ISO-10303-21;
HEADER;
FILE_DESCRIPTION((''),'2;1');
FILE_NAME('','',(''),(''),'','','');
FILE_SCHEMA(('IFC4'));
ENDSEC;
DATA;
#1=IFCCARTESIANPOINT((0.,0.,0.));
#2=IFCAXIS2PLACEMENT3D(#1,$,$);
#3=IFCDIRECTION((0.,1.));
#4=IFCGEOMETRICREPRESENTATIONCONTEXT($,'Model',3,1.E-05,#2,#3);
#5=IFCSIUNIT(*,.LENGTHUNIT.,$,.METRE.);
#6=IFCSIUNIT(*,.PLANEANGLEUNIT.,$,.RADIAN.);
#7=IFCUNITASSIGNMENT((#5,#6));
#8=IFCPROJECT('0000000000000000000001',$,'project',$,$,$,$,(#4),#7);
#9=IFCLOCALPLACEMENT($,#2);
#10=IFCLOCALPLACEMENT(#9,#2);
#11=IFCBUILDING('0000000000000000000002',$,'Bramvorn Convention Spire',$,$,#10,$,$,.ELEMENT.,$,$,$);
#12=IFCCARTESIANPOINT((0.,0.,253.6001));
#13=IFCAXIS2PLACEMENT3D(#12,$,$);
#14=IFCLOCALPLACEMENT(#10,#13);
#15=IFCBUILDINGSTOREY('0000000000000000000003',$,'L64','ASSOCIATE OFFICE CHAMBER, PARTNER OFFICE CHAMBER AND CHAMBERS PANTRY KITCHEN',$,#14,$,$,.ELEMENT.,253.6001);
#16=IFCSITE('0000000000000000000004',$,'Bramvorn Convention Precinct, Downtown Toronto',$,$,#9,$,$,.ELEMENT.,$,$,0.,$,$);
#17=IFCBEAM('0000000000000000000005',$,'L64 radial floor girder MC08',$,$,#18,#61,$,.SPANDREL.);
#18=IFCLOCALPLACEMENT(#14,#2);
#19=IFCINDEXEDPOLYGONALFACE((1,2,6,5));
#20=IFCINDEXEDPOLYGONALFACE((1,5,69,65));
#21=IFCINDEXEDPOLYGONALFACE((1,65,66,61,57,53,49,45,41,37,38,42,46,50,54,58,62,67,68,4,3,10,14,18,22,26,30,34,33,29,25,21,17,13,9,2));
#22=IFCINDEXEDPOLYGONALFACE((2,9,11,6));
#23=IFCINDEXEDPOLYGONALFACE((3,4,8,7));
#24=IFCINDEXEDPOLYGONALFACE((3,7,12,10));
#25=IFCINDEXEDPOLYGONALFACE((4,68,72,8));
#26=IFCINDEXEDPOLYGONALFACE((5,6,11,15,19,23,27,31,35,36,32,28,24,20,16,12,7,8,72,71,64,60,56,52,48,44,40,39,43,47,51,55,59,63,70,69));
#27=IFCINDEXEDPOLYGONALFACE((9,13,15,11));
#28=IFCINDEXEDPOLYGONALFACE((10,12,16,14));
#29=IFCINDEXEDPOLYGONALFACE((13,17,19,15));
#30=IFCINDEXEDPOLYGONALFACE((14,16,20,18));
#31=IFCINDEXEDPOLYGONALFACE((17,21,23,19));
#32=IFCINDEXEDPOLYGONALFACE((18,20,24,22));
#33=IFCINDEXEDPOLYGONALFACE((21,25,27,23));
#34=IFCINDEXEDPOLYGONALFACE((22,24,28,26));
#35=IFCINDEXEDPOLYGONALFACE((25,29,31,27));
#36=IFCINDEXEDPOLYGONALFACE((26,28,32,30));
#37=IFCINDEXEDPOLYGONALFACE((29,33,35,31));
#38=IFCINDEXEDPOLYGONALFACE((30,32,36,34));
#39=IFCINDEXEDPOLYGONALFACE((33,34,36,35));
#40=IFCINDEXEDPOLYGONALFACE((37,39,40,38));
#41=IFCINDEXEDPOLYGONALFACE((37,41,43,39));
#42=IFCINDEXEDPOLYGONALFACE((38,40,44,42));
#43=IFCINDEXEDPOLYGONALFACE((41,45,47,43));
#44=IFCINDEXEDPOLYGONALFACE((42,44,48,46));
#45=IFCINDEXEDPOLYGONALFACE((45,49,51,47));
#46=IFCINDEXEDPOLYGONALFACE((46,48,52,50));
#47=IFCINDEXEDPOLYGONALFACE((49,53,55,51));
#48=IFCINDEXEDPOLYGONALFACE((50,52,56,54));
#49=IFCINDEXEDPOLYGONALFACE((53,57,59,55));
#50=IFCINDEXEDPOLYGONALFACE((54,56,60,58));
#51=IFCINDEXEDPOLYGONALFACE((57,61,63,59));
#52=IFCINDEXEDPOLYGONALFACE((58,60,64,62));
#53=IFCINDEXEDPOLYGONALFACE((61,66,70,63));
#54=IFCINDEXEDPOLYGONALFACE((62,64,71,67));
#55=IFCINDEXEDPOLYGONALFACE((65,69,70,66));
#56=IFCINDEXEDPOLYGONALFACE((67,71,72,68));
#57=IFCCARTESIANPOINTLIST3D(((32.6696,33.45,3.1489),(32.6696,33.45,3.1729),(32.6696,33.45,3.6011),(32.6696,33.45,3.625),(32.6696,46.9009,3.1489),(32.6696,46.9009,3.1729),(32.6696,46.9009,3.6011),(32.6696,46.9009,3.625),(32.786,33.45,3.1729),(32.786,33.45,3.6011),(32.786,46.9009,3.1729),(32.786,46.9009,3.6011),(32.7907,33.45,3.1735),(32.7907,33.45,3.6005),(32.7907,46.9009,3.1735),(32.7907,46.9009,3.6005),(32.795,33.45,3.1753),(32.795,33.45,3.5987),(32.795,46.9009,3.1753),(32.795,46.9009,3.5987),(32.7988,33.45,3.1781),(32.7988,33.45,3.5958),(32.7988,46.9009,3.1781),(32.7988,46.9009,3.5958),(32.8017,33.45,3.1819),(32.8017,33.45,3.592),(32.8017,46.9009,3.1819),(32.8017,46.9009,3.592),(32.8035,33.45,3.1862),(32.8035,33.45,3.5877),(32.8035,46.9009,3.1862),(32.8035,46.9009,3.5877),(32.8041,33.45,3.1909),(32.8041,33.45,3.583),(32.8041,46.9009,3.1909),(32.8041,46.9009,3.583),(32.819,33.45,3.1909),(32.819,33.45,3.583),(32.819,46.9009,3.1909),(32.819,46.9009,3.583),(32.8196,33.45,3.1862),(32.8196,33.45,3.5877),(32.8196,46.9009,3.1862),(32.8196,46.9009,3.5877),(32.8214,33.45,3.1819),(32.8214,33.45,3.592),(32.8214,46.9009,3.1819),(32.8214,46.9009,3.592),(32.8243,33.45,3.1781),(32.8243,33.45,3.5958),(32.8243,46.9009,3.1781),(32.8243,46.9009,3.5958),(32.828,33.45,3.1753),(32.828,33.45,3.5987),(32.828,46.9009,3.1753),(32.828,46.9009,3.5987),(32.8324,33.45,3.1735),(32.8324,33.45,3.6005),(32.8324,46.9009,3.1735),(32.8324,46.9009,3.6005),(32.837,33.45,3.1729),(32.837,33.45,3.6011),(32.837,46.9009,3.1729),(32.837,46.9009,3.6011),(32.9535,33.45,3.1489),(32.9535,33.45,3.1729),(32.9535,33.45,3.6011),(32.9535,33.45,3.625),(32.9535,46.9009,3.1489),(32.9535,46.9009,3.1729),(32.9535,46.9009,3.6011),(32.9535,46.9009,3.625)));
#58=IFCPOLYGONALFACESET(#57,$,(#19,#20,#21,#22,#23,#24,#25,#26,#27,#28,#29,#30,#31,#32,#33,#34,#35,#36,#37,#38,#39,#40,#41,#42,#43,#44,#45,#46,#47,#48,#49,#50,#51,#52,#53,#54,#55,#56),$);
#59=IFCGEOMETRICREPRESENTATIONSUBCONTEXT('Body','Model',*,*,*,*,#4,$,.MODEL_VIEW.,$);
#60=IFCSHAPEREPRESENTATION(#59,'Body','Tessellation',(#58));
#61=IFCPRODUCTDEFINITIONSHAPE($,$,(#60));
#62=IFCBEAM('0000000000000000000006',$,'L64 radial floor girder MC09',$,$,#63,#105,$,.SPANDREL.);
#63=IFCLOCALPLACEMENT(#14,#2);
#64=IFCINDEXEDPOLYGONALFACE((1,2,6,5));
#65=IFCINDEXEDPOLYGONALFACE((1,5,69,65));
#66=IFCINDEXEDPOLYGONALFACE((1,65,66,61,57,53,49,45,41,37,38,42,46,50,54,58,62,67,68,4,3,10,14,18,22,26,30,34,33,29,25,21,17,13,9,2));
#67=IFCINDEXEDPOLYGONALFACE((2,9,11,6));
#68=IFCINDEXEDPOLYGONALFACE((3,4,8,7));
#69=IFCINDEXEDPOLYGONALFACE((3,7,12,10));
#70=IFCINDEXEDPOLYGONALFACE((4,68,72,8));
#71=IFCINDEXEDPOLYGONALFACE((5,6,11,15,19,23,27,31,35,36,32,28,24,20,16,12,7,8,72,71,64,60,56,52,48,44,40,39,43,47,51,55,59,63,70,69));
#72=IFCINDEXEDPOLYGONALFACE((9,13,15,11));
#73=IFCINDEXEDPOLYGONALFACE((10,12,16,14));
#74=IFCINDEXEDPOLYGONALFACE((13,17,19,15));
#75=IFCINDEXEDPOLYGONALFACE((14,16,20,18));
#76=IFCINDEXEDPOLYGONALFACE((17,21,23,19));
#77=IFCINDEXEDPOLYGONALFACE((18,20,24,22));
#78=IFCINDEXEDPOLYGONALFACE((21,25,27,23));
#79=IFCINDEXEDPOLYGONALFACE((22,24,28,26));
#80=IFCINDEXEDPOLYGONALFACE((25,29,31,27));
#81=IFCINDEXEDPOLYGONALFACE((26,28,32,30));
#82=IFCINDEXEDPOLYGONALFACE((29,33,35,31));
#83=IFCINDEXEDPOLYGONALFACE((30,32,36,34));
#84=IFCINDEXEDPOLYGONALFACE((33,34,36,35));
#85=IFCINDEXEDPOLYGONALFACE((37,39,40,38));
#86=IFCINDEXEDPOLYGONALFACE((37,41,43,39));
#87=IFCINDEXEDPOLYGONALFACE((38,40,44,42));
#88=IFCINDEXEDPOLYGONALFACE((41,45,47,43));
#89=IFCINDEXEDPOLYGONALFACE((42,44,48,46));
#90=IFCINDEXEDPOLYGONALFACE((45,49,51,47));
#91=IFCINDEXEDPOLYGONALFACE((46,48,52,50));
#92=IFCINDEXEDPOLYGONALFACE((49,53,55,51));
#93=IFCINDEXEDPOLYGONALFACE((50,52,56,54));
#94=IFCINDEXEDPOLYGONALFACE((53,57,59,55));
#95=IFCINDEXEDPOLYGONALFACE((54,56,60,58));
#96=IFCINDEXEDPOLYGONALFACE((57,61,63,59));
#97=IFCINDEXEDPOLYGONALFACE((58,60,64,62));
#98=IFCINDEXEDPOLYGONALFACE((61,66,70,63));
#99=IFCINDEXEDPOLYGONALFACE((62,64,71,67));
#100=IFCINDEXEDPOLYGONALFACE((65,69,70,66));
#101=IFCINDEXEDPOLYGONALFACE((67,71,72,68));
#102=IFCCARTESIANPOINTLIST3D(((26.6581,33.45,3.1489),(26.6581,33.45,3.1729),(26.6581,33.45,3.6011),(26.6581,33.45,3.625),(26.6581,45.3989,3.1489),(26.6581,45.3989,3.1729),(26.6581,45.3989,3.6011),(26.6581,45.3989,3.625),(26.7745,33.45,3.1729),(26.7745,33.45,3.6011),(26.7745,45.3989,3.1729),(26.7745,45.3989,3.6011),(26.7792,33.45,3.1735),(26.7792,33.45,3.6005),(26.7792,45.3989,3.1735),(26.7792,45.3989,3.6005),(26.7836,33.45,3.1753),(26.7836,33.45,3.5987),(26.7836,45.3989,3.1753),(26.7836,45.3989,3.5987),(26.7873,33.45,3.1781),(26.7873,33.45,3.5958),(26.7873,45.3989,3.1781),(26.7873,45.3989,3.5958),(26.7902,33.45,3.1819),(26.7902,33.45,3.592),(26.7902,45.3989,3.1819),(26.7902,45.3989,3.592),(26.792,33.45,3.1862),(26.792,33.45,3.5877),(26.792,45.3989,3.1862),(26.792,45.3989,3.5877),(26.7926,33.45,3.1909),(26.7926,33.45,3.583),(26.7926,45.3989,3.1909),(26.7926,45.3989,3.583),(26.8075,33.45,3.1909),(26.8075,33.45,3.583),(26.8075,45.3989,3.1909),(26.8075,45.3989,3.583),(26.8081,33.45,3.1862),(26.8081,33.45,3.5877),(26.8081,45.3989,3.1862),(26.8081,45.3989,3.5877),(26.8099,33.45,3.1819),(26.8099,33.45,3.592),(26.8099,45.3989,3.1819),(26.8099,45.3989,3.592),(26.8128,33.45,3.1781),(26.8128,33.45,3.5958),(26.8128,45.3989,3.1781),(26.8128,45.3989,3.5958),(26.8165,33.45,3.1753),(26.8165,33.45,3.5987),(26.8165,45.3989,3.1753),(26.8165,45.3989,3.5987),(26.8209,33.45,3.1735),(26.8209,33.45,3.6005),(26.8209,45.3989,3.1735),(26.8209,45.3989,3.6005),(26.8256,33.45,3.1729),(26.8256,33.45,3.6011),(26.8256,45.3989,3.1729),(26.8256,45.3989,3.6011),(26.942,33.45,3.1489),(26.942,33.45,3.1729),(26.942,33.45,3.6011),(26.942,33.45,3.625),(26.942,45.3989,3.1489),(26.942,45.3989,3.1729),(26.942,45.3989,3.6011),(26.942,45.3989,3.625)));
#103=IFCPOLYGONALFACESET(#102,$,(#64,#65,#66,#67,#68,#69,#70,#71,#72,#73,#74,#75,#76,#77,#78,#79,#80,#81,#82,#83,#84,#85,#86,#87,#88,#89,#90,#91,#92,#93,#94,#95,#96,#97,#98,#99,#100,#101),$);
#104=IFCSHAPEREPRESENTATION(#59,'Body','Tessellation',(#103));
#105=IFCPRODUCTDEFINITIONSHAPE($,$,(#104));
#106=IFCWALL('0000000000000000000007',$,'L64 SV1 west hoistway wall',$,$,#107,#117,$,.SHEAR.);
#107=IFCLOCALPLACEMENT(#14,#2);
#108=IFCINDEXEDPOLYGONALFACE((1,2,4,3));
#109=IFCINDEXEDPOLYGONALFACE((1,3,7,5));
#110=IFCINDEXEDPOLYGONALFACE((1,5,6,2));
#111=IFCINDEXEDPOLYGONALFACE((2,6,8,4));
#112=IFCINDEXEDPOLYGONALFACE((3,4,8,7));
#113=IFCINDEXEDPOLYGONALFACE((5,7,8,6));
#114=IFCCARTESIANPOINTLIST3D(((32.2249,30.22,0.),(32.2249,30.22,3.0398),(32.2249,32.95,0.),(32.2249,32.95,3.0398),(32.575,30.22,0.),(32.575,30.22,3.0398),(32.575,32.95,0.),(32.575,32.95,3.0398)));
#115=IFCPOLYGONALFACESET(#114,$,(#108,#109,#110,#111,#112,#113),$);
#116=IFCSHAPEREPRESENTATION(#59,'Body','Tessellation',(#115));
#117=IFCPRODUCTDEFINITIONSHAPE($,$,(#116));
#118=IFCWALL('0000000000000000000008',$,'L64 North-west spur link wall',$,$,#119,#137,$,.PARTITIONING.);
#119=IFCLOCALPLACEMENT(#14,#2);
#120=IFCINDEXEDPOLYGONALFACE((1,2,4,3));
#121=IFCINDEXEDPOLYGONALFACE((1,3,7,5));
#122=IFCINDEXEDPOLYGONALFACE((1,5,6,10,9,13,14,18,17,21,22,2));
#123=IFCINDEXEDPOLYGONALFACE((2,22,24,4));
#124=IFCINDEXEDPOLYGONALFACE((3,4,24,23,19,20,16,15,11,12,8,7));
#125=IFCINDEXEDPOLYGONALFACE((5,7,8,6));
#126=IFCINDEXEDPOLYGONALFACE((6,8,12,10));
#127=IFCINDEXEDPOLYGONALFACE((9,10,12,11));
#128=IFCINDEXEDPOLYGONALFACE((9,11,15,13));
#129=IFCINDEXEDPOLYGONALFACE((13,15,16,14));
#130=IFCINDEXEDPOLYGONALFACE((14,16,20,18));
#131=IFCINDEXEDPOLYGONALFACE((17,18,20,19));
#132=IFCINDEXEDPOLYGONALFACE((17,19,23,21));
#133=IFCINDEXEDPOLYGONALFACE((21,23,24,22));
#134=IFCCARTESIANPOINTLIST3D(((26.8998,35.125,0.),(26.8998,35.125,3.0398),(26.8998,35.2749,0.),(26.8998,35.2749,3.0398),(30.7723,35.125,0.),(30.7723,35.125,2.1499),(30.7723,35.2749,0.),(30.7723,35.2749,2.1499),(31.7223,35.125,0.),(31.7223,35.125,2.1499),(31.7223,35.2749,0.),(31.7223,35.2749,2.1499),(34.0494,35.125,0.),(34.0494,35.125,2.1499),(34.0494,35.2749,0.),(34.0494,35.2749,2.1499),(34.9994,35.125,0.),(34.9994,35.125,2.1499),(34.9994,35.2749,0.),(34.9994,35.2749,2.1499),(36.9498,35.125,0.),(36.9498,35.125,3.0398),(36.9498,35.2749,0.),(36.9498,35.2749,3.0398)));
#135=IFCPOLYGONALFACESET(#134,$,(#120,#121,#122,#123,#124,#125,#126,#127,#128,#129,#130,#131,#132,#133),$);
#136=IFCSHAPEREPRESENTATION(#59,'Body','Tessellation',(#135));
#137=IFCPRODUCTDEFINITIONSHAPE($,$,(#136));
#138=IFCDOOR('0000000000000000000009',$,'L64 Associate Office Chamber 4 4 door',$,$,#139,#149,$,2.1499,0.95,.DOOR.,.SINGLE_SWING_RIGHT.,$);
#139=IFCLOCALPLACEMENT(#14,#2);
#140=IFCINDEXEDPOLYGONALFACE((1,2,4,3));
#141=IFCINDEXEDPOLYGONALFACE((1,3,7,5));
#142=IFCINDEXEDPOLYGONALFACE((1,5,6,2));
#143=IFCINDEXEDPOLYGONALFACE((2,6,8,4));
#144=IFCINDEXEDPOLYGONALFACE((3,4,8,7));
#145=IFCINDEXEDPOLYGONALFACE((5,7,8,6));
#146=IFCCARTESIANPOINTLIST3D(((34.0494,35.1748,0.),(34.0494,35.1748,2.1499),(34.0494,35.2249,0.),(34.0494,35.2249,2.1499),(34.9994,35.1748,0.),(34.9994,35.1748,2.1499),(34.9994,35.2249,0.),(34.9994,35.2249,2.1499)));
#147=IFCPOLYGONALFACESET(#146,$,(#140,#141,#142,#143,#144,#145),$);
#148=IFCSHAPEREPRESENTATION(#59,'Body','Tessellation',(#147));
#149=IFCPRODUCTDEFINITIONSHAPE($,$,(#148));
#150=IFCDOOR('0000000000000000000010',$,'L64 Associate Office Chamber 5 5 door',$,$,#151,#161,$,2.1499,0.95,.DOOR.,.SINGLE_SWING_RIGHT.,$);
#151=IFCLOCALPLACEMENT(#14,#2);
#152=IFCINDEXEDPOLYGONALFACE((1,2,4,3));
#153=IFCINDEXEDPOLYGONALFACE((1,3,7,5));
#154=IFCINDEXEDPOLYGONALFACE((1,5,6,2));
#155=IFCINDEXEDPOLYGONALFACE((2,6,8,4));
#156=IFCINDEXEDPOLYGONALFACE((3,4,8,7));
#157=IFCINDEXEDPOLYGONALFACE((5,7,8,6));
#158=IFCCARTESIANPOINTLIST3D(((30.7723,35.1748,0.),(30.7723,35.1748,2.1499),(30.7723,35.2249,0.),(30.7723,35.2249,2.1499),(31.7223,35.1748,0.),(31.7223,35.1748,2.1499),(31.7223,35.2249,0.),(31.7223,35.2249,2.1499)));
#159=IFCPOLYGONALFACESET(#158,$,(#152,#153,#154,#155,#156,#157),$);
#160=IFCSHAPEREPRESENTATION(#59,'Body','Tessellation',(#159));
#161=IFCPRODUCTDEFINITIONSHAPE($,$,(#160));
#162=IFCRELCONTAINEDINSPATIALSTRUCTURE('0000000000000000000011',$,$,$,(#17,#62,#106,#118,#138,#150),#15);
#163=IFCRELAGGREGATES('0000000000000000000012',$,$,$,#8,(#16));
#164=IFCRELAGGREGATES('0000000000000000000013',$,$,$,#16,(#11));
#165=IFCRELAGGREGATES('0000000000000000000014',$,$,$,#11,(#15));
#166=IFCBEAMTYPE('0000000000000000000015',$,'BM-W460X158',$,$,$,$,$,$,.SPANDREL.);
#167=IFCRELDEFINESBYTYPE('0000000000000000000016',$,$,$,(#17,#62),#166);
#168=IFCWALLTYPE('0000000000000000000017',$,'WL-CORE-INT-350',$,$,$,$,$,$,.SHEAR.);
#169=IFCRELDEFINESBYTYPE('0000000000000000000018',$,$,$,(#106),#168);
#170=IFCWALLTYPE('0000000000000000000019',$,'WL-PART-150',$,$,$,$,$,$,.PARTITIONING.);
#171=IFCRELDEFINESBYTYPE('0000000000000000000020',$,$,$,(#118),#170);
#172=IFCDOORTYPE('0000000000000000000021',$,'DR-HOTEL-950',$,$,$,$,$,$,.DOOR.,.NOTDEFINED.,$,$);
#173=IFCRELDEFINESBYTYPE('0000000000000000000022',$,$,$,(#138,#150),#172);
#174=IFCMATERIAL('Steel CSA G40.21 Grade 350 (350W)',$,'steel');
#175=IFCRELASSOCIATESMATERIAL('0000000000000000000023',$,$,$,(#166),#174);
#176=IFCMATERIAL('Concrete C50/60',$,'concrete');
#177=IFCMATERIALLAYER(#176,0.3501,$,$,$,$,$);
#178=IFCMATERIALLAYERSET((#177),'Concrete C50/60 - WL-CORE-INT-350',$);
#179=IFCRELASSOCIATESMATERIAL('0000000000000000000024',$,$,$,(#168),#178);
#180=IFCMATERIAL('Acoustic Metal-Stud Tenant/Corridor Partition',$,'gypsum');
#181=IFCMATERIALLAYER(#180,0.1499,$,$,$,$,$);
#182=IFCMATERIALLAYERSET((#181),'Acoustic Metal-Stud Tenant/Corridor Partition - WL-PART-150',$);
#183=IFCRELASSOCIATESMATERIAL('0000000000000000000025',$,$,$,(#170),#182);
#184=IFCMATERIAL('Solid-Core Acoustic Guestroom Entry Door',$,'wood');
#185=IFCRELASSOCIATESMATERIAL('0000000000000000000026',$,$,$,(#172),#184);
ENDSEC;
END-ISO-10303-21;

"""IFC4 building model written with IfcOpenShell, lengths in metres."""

from ifc_helpers import new_model, si_unit, direction, frame, frame_2d, origin, origin_2d, place, context, subcontext, project, spatial, rectangle, i_section, extrude, material, layer, layer_set, material_profile, profile_set, type_object, element, fill, save


model = new_model("IFC4")

# Units and contexts
model_context = context("Model", 3, precision=1e-05, world=origin(), true_north=direction((0.0, 1.0)))
body_context = subcontext(model_context, "Body", "Model", "MODEL_VIEW")
ifc_project = project(units=[si_unit("LENGTHUNIT", "METRE"), si_unit("PLANEANGLEUNIT", "RADIAN")], contexts=[model_context])

# Site, building, storey
site_placement = place(None, origin())
site = spatial("IfcSite", under=ifc_project, at=site_placement, Name="Bramvorn Convention Precinct, Downtown Toronto", CompositionType="ELEMENT", RefElevation=0.0)
building_placement = place(site_placement, origin())
building = spatial("IfcBuilding", under=site, at=building_placement, Name="Bramvorn Convention Spire", CompositionType="ELEMENT")
storey_placement = place(building_placement, frame((0.0, 0.0, 253.6001)))
storey = spatial("IfcBuildingStorey", under=building, at=storey_placement, Name="L64", Description="ASSOCIATE OFFICE CHAMBER, PARTNER OFFICE CHAMBER AND CHAMBERS PANTRY KITCHEN", CompositionType="ELEMENT", Elevation=253.6001)

# Beams
ifc_material_1 = material(Name="Steel CSA G40.21 Grade 350 (350W)", Category="steel")
ifc_material_profile = material_profile(ifc_material_1, i_section(OverallWidth=0.2839, OverallDepth=0.4761, WebThickness=0.0149, FlangeThickness=0.0239, FilletRadius=0.0181, at=origin_2d()))
ifc_profile_set = profile_set([ifc_material_profile], Name="Steel CSA G40.21 Grade 350 (350W) - W460X158")
beam_type = type_object("IfcBeamType", Name="BM-W460X158", PredefinedType="SPANDREL", material=ifc_profile_set)
beam_1_placement = place(storey_placement, frame((32.8115, 33.45, 3.387), z_axis=(0.0, 1.0, 0.0), x_axis=(-1.0, 0.0, 0.0)))
element("IfcBeam", 1, at=beam_1_placement, inside=storey, type_object=beam_type, Name="L64 radial floor girder MC08", PredefinedType="SPANDREL", context=body_context, shape_type="SweptSolid", body=[
    extrude(i_section(OverallWidth=0.2839, OverallDepth=0.4761, WebThickness=0.0149, FlangeThickness=0.0239, FilletRadius=0.0181, at=origin_2d()), origin(), (0.0, 0.0, 1.0), 13.4509),
])
beam_2_placement = place(storey_placement, frame((26.8, 33.45, 3.387), z_axis=(0.0, 1.0, 0.0), x_axis=(-1.0, 0.0, 0.0)))
element("IfcBeam", 2, at=beam_2_placement, inside=storey, type_object=beam_type, Name="L64 radial floor girder MC09", PredefinedType="SPANDREL", context=body_context, shape_type="SweptSolid", body=[
    extrude(i_section(OverallWidth=0.2839, OverallDepth=0.4761, WebThickness=0.0149, FlangeThickness=0.0239, FilletRadius=0.0181, at=origin_2d()), origin(), (0.0, 0.0, 1.0), 11.949),
])

# Shared definitions
ifc_material_2 = material(Name="Concrete C50/60", Category="concrete")
ifc_layer_1 = layer(ifc_material_2, 0.3501)
ifc_layer_set_1 = layer_set([ifc_layer_1], Name="Concrete C50/60 - WL-CORE-INT-350")
wall_type_1 = type_object("IfcWallType", Name="WL-CORE-INT-350", PredefinedType="SHEAR", material=ifc_layer_set_1)

# Wall
wall_1_placement = place(storey_placement, frame((32.3999, 30.22, 0.0), z_axis=(0.0, 0.0, 1.0), x_axis=(0.0, 1.0, 0.0)))
element("IfcWall", 3, at=wall_1_placement, inside=storey, type_object=wall_type_1, Name="L64 SV1 west hoistway wall", PredefinedType="SHEAR", context=body_context, shape_type="SweptSolid", body=[
    extrude(rectangle(XDim=2.73, YDim=0.3501, at=frame_2d((1.365, 0.0))), origin(), (0.0, 0.0, 1.0), 3.0398),
])

# Wall, openings, doors
ifc_material_3 = material(Name="Acoustic Metal-Stud Tenant/Corridor Partition", Category="gypsum")
ifc_layer_2 = layer(ifc_material_3, 0.1499)
ifc_layer_set_2 = layer_set([ifc_layer_2], Name="Acoustic Metal-Stud Tenant/Corridor Partition - WL-PART-150")
wall_type_2 = type_object("IfcWallType", Name="WL-PART-150", PredefinedType="PARTITIONING", material=ifc_layer_set_2)
wall_2_placement = place(storey_placement, frame((26.8999, 35.2, 0.0), z_axis=(0.0, 0.0, 1.0), x_axis=(1.0, 0.0, 0.0)))
wall_2 = element("IfcWall", 4, at=wall_2_placement, inside=storey, type_object=wall_type_2, Name="L64 North-west spur link wall", PredefinedType="PARTITIONING", context=body_context, shape_type="SweptSolid", body=[
    extrude(rectangle(XDim=10.05, YDim=0.1499, at=frame_2d((5.0249, 0.0))), origin(), (0.0, 0.0, 1.0), 3.0398),
])
opening_1_placement = place(wall_2_placement, frame((7.1494, 0.0, 0.0)))
opening_1 = element("IfcOpeningElement", 5, at=opening_1_placement, cuts=wall_2, PredefinedType="OPENING", context=body_context, shape_type="SweptSolid", body=[
    extrude(rectangle(XDim=0.95, YDim=2.1499, at=frame_2d((0.4751, 1.075))), frame((0.0, 0.085, 0.0), z_axis=(0.0, -1.0, 0.0), x_axis=(1.0, 0.0, 0.0)), (0.0, 0.0, 1.0), 0.1699),
])
opening_2_placement = place(wall_2_placement, frame((3.8723, 0.0, 0.0)))
opening_2 = element("IfcOpeningElement", 6, at=opening_2_placement, cuts=wall_2, PredefinedType="OPENING", context=body_context, shape_type="SweptSolid", body=[
    extrude(rectangle(XDim=0.95, YDim=2.1499, at=frame_2d((0.4751, 1.075))), frame((0.0, 0.085, 0.0), z_axis=(0.0, -1.0, 0.0), x_axis=(1.0, 0.0, 0.0)), (0.0, 0.0, 1.0), 0.1699),
])
ifc_material_4 = material(Name="Solid-Core Acoustic Guestroom Entry Door", Category="wood")
door_type_1 = type_object("IfcDoorType", Name="DR-HOTEL-950", OperationType="NOTDEFINED", PredefinedType="DOOR", material=ifc_material_4)
door_1_placement = place(opening_1_placement, origin())
door_1 = element("IfcDoor", 7, at=door_1_placement, inside=storey, type_object=door_type_1, Name="L64 Associate Office Chamber 4 4 door", OperationType="SINGLE_SWING_RIGHT", OverallHeight=2.1499, OverallWidth=0.95, PredefinedType="DOOR", context=body_context, shape_type="SweptSolid", body=[
    extrude(rectangle(XDim=0.95, YDim=2.1499, at=frame_2d((0.4751, 1.075))), frame((0.0, 0.0249, 0.0), z_axis=(0.0, -1.0, 0.0), x_axis=(1.0, 0.0, 0.0)), (0.0, 0.0, 1.0), 0.05),
])
fill(opening_1, door_1)
door_2_placement = place(opening_2_placement, origin())
door_2 = element("IfcDoor", 8, at=door_2_placement, inside=storey, type_object=door_type_1, Name="L64 Associate Office Chamber 5 5 door", OperationType="SINGLE_SWING_RIGHT", OverallHeight=2.1499, OverallWidth=0.95, PredefinedType="DOOR", context=body_context, shape_type="SweptSolid", body=[
    extrude(rectangle(XDim=0.95, YDim=2.1499, at=frame_2d((0.4751, 1.075))), frame((0.0, 0.0249, 0.0), z_axis=(0.0, -1.0, 0.0), x_axis=(1.0, 0.0, 0.0)), (0.0, 0.0, 1.0), 0.05),
])
fill(opening_2, door_2)

save(model, "model.ifc")
